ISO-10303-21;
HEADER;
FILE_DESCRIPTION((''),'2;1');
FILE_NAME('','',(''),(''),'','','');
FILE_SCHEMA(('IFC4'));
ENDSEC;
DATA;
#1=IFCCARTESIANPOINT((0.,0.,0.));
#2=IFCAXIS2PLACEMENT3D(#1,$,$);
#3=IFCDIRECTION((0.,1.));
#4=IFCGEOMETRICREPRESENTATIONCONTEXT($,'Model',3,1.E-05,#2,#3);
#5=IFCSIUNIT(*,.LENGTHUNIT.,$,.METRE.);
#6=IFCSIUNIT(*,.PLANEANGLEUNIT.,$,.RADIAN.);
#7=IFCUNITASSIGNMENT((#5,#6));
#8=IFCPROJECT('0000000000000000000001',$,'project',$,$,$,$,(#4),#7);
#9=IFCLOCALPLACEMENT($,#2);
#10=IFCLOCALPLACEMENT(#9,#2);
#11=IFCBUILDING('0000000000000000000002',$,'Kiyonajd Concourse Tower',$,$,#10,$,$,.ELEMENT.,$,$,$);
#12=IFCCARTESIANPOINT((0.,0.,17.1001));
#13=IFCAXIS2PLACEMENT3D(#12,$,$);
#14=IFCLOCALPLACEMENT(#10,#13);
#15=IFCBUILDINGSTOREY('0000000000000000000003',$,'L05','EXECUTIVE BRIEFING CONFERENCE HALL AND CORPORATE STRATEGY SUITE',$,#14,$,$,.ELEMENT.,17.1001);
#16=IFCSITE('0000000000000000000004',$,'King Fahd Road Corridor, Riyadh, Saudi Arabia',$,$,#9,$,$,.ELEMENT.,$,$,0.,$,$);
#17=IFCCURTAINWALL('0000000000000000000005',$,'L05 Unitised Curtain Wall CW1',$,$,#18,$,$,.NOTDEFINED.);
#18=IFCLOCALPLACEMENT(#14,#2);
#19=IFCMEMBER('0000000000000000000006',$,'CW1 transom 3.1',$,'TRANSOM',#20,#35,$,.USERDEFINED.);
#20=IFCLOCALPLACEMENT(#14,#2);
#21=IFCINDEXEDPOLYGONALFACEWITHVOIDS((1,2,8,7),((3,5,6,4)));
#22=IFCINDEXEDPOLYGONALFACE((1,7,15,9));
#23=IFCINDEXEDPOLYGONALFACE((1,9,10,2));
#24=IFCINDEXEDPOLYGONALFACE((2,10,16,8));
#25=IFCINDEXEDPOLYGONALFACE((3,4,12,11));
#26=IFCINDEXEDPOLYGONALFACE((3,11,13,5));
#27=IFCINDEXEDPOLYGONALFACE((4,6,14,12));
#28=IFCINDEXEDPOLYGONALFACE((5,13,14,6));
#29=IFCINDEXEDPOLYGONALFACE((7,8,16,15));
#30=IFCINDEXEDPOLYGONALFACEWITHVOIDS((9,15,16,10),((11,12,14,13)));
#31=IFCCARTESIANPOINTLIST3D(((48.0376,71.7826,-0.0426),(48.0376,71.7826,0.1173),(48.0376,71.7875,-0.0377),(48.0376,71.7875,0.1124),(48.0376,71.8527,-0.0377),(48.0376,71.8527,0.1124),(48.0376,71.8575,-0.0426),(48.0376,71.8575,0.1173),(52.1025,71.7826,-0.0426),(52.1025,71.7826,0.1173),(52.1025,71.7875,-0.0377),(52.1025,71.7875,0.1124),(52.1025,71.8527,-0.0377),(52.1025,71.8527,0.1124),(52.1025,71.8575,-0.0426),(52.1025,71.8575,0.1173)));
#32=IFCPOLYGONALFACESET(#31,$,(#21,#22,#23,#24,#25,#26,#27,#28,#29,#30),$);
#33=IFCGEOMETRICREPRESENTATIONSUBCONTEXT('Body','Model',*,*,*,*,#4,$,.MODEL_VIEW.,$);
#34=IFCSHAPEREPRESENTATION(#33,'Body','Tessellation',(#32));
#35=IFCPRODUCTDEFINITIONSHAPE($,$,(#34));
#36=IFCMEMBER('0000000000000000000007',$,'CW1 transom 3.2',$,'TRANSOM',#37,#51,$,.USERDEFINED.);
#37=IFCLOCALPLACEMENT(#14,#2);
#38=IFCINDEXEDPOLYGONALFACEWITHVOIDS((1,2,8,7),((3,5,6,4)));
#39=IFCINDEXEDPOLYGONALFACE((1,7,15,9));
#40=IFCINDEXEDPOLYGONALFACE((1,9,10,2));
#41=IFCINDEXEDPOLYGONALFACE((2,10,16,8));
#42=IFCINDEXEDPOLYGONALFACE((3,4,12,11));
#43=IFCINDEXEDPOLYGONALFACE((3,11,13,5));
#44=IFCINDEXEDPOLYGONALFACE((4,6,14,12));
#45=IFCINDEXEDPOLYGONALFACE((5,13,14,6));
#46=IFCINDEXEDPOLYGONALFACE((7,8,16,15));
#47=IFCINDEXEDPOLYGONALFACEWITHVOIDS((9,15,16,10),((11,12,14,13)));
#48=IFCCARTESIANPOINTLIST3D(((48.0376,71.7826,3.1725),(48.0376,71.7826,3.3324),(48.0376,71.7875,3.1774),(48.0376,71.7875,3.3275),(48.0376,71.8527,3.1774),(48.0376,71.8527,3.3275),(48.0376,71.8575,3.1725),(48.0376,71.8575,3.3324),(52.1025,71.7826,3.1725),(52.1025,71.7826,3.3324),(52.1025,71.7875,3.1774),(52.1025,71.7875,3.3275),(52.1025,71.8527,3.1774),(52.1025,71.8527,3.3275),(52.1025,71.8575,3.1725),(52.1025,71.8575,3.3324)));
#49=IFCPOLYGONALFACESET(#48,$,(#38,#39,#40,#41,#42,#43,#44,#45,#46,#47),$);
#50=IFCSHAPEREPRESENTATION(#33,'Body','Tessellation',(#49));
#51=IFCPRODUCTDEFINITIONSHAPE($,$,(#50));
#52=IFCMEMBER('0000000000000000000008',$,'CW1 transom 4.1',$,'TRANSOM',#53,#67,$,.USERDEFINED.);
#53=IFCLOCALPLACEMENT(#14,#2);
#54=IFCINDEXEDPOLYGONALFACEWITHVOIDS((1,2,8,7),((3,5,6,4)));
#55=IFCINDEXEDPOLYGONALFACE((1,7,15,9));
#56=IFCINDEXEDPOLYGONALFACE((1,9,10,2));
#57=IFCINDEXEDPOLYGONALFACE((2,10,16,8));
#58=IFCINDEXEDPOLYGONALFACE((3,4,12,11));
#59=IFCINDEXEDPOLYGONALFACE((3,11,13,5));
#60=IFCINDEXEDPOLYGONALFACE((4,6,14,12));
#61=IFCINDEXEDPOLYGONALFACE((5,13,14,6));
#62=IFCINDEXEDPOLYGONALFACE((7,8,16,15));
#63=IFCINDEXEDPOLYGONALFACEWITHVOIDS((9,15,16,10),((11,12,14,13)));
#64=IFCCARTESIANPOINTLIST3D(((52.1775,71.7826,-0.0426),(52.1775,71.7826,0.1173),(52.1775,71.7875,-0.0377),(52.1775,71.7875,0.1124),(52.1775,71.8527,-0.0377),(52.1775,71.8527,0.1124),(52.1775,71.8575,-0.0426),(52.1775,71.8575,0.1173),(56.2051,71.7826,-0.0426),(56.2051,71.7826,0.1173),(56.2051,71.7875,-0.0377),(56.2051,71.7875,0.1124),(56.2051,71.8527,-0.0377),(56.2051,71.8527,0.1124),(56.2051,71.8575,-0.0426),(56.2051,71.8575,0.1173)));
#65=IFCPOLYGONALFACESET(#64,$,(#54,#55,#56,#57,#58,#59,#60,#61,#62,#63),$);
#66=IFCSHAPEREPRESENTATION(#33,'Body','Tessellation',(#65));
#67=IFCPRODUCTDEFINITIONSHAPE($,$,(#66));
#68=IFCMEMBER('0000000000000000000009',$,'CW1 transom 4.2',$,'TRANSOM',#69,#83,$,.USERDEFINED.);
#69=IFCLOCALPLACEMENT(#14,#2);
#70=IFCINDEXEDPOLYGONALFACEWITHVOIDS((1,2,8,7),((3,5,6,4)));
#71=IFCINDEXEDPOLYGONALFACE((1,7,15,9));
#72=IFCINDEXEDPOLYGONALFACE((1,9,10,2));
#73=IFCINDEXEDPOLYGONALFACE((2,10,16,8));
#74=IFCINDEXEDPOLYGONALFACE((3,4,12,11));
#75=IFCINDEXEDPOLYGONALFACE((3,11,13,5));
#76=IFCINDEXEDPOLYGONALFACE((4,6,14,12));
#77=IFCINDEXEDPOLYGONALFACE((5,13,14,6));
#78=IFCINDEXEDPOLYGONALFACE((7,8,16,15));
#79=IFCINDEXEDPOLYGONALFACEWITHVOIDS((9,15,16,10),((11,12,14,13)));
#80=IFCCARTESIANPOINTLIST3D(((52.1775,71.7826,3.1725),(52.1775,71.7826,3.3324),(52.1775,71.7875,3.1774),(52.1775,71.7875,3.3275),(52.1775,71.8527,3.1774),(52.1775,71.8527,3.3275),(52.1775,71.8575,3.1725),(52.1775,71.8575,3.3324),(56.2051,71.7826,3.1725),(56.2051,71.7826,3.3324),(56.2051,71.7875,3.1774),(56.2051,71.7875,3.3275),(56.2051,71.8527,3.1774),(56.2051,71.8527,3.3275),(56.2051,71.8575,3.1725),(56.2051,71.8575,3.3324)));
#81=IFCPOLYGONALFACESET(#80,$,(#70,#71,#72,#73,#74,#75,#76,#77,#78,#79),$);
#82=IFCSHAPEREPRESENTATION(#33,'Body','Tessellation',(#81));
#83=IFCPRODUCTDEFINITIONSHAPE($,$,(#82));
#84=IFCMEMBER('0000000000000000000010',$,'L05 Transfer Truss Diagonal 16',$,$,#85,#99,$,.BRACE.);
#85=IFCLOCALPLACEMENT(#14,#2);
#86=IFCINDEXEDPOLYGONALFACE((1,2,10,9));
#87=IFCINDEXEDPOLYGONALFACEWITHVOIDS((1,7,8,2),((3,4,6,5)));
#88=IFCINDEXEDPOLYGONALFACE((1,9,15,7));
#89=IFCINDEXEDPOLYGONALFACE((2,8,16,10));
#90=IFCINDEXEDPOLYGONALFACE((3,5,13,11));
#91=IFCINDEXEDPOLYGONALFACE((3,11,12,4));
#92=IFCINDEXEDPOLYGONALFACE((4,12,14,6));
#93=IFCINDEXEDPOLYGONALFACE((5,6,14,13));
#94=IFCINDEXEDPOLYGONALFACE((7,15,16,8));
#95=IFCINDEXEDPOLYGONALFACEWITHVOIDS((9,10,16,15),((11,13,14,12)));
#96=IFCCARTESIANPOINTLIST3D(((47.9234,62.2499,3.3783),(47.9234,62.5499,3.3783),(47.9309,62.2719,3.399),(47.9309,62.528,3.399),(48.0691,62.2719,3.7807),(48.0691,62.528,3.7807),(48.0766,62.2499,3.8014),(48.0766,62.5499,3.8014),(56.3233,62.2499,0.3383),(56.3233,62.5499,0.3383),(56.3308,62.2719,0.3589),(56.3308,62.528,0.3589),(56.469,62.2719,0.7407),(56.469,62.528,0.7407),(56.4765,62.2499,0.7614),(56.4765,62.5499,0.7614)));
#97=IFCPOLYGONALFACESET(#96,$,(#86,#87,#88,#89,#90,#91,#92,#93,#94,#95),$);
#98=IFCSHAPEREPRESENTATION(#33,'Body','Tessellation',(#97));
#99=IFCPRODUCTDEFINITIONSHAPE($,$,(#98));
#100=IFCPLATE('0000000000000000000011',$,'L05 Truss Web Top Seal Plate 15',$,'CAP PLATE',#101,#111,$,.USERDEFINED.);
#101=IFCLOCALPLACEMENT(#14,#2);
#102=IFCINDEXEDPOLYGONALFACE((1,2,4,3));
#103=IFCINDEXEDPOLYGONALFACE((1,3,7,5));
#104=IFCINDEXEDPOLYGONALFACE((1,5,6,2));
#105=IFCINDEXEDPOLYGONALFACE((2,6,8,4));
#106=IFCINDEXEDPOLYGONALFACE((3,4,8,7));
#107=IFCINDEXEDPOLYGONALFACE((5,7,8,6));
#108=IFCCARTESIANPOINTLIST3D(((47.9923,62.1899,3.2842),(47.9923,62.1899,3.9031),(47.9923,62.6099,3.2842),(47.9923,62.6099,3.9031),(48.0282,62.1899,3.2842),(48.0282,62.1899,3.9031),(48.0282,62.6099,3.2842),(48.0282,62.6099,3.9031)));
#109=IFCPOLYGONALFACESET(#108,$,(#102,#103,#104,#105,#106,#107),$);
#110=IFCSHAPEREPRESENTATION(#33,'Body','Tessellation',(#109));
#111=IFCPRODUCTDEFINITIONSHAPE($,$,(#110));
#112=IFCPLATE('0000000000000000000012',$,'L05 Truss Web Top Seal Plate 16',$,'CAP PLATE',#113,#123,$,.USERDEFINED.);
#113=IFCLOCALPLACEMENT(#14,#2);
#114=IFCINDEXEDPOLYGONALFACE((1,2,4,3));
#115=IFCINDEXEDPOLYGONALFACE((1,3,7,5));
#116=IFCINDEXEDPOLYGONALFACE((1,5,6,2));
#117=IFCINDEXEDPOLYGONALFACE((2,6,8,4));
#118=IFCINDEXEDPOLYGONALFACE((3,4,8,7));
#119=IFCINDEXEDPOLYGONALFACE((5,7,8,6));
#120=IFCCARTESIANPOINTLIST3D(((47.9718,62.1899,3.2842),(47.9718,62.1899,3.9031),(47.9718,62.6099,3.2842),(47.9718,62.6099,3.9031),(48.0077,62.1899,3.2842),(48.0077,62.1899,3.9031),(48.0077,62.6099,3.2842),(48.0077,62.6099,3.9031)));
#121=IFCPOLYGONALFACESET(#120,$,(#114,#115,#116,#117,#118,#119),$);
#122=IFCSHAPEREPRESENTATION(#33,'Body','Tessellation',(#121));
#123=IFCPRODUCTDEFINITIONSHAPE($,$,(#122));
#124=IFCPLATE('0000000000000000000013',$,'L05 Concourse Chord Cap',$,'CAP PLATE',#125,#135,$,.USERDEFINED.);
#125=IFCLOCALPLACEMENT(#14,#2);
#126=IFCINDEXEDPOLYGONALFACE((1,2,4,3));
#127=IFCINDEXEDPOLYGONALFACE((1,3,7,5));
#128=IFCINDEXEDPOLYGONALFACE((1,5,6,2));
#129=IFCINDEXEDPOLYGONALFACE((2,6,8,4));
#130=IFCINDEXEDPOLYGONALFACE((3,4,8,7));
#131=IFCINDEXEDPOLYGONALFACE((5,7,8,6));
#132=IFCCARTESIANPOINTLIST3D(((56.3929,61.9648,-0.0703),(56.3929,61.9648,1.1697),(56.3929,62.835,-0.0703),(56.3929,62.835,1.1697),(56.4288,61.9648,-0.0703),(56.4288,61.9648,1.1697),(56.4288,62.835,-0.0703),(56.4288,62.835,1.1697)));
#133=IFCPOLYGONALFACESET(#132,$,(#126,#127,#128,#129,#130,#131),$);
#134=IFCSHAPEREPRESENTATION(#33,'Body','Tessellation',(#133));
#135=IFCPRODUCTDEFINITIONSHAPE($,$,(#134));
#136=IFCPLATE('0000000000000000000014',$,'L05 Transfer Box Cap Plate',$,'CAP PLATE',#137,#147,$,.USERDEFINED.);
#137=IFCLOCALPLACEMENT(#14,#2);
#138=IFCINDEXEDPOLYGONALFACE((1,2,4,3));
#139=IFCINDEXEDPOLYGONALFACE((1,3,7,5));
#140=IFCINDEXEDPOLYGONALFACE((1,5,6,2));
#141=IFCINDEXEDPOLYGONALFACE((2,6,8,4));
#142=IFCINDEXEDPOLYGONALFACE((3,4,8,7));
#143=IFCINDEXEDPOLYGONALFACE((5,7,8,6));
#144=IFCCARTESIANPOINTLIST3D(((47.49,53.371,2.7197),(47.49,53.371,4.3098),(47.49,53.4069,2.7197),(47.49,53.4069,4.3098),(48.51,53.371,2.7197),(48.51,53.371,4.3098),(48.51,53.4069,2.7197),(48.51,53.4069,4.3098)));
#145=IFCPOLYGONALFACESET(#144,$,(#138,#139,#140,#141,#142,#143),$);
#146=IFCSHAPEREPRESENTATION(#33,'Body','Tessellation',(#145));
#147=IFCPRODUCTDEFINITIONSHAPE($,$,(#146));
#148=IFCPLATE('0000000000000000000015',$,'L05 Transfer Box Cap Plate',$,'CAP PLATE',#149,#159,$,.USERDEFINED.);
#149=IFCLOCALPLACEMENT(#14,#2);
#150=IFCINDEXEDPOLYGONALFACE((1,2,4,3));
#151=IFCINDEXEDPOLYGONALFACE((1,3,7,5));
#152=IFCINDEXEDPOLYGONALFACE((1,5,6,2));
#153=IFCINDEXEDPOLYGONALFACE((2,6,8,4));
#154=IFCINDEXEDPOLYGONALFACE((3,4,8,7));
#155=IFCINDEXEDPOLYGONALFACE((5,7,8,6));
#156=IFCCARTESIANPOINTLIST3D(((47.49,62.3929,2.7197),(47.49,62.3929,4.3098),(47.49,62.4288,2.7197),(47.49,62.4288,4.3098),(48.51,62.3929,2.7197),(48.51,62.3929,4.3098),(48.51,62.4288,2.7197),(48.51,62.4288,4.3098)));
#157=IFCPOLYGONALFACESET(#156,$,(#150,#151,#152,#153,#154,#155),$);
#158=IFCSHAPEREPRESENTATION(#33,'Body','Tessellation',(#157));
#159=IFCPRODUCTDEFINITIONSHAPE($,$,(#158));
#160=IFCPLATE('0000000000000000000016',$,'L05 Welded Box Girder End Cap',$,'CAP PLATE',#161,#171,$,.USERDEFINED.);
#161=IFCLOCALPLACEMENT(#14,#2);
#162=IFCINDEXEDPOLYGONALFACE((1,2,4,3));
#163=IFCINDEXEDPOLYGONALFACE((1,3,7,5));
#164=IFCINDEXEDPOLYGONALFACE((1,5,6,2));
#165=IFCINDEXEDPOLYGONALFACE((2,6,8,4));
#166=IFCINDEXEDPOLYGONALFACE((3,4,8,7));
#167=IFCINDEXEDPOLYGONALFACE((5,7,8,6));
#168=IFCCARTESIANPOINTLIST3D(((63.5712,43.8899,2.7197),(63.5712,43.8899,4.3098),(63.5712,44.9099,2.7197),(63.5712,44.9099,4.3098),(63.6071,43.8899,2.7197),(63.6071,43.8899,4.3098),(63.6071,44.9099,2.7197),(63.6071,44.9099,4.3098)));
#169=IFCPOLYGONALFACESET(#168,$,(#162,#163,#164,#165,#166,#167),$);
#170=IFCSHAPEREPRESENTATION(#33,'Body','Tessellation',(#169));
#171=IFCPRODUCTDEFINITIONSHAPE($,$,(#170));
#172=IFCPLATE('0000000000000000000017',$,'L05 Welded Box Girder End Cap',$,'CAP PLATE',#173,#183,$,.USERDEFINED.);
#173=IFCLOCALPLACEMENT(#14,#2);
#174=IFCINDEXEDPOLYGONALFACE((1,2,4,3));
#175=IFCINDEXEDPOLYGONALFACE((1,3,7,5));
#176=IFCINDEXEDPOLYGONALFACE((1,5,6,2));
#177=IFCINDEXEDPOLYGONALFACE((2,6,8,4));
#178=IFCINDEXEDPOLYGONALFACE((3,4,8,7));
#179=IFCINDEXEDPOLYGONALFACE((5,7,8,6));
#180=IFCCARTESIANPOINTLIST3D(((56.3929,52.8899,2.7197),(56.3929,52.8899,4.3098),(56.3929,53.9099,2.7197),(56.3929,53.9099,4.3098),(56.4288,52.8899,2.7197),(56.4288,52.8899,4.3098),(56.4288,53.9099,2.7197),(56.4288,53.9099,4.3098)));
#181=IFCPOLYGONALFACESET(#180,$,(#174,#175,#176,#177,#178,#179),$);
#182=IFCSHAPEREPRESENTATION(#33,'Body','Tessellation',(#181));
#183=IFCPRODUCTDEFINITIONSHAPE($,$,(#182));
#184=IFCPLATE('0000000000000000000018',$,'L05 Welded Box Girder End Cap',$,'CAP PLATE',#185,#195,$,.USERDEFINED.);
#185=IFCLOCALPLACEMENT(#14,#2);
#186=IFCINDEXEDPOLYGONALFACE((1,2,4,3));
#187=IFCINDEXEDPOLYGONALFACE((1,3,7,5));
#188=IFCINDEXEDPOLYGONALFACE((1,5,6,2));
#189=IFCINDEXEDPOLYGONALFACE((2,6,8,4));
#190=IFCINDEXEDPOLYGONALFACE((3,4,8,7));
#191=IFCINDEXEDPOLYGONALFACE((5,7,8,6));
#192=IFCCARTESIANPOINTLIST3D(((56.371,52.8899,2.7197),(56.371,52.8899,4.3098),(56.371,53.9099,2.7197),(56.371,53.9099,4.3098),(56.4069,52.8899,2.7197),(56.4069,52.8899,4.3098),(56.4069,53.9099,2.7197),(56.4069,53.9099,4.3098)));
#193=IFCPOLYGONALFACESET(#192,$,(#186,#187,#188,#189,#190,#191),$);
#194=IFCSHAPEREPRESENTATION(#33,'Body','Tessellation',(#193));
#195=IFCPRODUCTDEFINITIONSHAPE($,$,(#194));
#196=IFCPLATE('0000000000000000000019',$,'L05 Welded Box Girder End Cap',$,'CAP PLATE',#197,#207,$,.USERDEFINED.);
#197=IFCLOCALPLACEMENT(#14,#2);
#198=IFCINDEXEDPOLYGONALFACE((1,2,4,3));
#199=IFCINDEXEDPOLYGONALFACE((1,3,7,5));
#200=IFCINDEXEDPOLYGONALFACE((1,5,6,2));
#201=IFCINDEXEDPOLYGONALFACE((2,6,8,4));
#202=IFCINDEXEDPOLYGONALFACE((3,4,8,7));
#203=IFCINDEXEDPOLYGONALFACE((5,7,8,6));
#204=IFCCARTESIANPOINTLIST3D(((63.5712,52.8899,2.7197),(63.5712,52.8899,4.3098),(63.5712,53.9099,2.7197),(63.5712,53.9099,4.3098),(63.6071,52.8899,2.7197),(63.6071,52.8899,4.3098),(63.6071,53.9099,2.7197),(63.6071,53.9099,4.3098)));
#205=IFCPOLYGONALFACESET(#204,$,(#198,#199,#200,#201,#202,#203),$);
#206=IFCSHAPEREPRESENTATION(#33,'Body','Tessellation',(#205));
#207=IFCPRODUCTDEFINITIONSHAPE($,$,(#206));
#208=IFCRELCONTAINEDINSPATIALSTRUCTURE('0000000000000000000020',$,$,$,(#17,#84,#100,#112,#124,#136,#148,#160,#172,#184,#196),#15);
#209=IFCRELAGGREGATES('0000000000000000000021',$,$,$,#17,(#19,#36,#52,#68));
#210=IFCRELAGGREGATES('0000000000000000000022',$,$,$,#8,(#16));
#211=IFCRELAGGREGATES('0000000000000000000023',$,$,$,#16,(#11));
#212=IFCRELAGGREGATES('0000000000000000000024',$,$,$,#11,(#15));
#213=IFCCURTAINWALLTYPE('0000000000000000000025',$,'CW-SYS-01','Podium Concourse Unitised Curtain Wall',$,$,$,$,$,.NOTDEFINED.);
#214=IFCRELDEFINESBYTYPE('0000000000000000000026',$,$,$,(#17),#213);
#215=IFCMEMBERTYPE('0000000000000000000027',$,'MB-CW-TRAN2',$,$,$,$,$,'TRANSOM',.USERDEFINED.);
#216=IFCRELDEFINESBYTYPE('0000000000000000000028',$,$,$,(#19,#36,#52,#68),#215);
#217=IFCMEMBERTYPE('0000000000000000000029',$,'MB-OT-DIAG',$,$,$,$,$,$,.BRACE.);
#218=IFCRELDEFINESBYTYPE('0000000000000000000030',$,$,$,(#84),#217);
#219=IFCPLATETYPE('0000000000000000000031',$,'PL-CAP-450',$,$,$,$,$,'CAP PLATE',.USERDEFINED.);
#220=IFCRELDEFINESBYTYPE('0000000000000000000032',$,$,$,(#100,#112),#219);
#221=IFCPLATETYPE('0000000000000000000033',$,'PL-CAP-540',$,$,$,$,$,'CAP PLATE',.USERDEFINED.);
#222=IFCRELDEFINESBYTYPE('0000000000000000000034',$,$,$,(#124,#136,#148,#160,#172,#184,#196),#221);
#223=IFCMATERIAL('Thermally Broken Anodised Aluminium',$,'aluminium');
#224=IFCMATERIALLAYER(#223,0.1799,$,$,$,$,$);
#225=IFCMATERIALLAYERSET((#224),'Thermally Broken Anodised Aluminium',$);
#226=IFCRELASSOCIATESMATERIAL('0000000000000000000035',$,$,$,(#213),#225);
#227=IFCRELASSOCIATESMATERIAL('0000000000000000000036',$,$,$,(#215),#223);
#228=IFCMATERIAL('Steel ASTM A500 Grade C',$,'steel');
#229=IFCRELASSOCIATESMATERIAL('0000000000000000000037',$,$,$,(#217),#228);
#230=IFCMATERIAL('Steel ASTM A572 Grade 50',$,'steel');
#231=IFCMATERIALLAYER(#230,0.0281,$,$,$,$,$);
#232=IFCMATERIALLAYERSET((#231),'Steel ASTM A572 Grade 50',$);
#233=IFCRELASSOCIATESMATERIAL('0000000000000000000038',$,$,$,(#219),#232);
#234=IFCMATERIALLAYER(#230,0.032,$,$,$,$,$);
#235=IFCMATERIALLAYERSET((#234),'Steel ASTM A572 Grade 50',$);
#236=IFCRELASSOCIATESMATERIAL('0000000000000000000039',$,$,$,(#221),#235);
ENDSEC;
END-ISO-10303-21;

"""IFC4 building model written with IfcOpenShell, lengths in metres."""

from ifc_helpers import new_model, si_unit, direction, frame, origin, origin_2d, place, context, subcontext, project, spatial, rectangle, hollow_rectangle, extrude, material, layer, layer_set, material_profile, profile_set, type_object, element, aggregate, save


model = new_model("IFC4")

# Units and contexts
model_context = context("Model", 3, precision=1e-05, world=origin(), true_north=direction((0.0, 1.0)))
body_context = subcontext(model_context, "Body", "Model", "MODEL_VIEW")
ifc_project = project(units=[si_unit("LENGTHUNIT", "METRE"), si_unit("PLANEANGLEUNIT", "RADIAN")], contexts=[model_context])

# Site, building, storey
site_placement = place(None, origin())
site = spatial("IfcSite", under=ifc_project, at=site_placement, Name="King Fahd Road Corridor, Riyadh, Saudi Arabia", CompositionType="ELEMENT", RefElevation=0.0)
building_placement = place(site_placement, origin())
building = spatial("IfcBuilding", under=site, at=building_placement, Name="Kiyonajd Concourse Tower", CompositionType="ELEMENT")
storey_placement = place(building_placement, frame((0.0, 0.0, 17.1001)))
storey = spatial("IfcBuildingStorey", under=building, at=storey_placement, Name="L05", Description="EXECUTIVE BRIEFING CONFERENCE HALL AND CORPORATE STRATEGY SUITE", CompositionType="ELEMENT", Elevation=17.1001)

# Shared definitions
ifc_material_1 = material(Name="Steel ASTM A572 Grade 50", Category="steel")

# Curtain wall, members
ifc_material_2 = material(Name="Thermally Broken Anodised Aluminium", Category="aluminium")
ifc_layer_1 = layer(ifc_material_2, 0.1799)
ifc_layer_set_1 = layer_set([ifc_layer_1], Name="Thermally Broken Anodised Aluminium")
curtain_wall_type = type_object("IfcCurtainWallType", Name="CW-SYS-01", Description="Podium Concourse Unitised Curtain Wall", PredefinedType="NOTDEFINED", material=ifc_layer_set_1)
curtain_wall_placement = place(storey_placement, origin())
curtain_wall = element("IfcCurtainWall", 1, at=curtain_wall_placement, inside=storey, type_object=curtain_wall_type, Name="L05 Unitised Curtain Wall CW1", PredefinedType="NOTDEFINED")
ifc_material_profile_1 = material_profile(ifc_material_2, hollow_rectangle(XDim=0.075, YDim=0.1599, WallThickness=0.0049, at=origin_2d()), Name="TRAN-75x160")
ifc_profile_set_1 = profile_set([ifc_material_profile_1], Name="Thermally Broken Anodised Aluminium")
member_type_1 = type_object("IfcMemberType", Name="MB-CW-TRAN2", ElementType="TRANSOM", PredefinedType="USERDEFINED", material=ifc_profile_set_1)
member_1_placement = place(storey_placement, frame((48.0376, 71.8201, 0.0374), z_axis=(1.0, 0.0, 0.0), x_axis=(0.0, 1.0, 0.0)))
member_1 = element("IfcMember", 2, at=member_1_placement, type_object=member_type_1, Name="CW1 transom 3.1", ObjectType="TRANSOM", PredefinedType="USERDEFINED", context=body_context, shape_type="SweptSolid", body=[
    extrude(hollow_rectangle(XDim=0.075, YDim=0.1599, WallThickness=0.0049, at=origin_2d()), origin(), (0.0, 0.0, 1.0), 4.0649),
])
member_2_placement = place(storey_placement, frame((48.0376, 71.8201, 3.2524), z_axis=(1.0, 0.0, 0.0), x_axis=(0.0, 1.0, 0.0)))
member_2 = element("IfcMember", 3, at=member_2_placement, type_object=member_type_1, Name="CW1 transom 3.2", ObjectType="TRANSOM", PredefinedType="USERDEFINED", context=body_context, shape_type="SweptSolid", body=[
    extrude(hollow_rectangle(XDim=0.075, YDim=0.1599, WallThickness=0.0049, at=origin_2d()), origin(), (0.0, 0.0, 1.0), 4.0649),
])
member_3_placement = place(storey_placement, frame((52.1775, 71.8201, 0.0374), z_axis=(1.0, 0.0, 0.0), x_axis=(0.0, 1.0, 0.0)))
member_3 = element("IfcMember", 4, at=member_3_placement, type_object=member_type_1, Name="CW1 transom 4.1", ObjectType="TRANSOM", PredefinedType="USERDEFINED", context=body_context, shape_type="SweptSolid", body=[
    extrude(hollow_rectangle(XDim=0.075, YDim=0.1599, WallThickness=0.0049, at=origin_2d()), origin(), (0.0, 0.0, 1.0), 4.0276),
])
member_4_placement = place(storey_placement, frame((52.1775, 71.8201, 3.2524), z_axis=(1.0, 0.0, 0.0), x_axis=(0.0, 1.0, 0.0)))
member_4 = element("IfcMember", 5, at=member_4_placement, type_object=member_type_1, Name="CW1 transom 4.2", ObjectType="TRANSOM", PredefinedType="USERDEFINED", context=body_context, shape_type="SweptSolid", body=[
    extrude(hollow_rectangle(XDim=0.075, YDim=0.1599, WallThickness=0.0049, at=origin_2d()), origin(), (0.0, 0.0, 1.0), 4.0276),
])

# Member
ifc_material_3 = material(Name="Steel ASTM A500 Grade C", Category="steel")
ifc_material_profile_2 = material_profile(ifc_material_3, hollow_rectangle(XDim=0.3, YDim=0.45, WallThickness=0.022, at=origin_2d()), Name="HSS-450x300x22")
ifc_profile_set_2 = profile_set([ifc_material_profile_2], Name="Steel ASTM A500 Grade C")
member_type_2 = type_object("IfcMemberType", Name="MB-OT-DIAG", PredefinedType="BRACE", material=ifc_profile_set_2)
member_5_placement = place(storey_placement, frame((56.3999, 62.3999, 0.5498), z_axis=(-0.940313, 0.0, 0.340312), x_axis=(0.0, -1.0, 0.0)))
element("IfcMember", 6, at=member_5_placement, inside=storey, type_object=member_type_2, Name="L05 Transfer Truss Diagonal 16", PredefinedType="BRACE", context=body_context, shape_type="SweptSolid", body=[
    extrude(hollow_rectangle(XDim=0.3, YDim=0.45, WallThickness=0.022, at=origin_2d()), origin(), (0.0, 0.0, 1.0), 8.9331),
])

# Plates
ifc_layer_2 = layer(ifc_material_1, 0.0281)
ifc_layer_set_2 = layer_set([ifc_layer_2], Name="Steel ASTM A572 Grade 50")
plate_type_1 = type_object("IfcPlateType", Name="PL-CAP-450", ElementType="CAP PLATE", PredefinedType="USERDEFINED", material=ifc_layer_set_2)
for number, where, z_axis, x_axis, name in (
    (7, (48.0103, 62.3999, 3.2842), (0.0, 0.0, 1.0), (1.0, 0.0, 0.0), "L05 Truss Web Top Seal Plate 15"),
    (8, (47.9897, 62.3999, 3.2842), (0.0, 0.0, 1.0), (-1.0, 0.0, 0.0), "L05 Truss Web Top Seal Plate 16"),
):
    element("IfcPlate", number, at=place(storey_placement, frame(where, z_axis=z_axis, x_axis=x_axis)), inside=storey, type_object=plate_type_1, Name=name, ObjectType="CAP PLATE", PredefinedType="USERDEFINED", context=body_context, shape_type="SweptSolid", body=[
        extrude(rectangle(XDim=0.0359, YDim=0.4199, at=origin_2d()), origin(), (0.0, 0.0, 1.0), 0.6189),
    ])
ifc_layer_3 = layer(ifc_material_1, 0.032)
ifc_layer_set_3 = layer_set([ifc_layer_3], Name="Steel ASTM A572 Grade 50")
plate_type_2 = type_object("IfcPlateType", Name="PL-CAP-540", ElementType="CAP PLATE", PredefinedType="USERDEFINED", material=ifc_layer_set_3)
plate_1_placement = place(storey_placement, frame((56.4109, 62.3999, -0.0703), z_axis=(0.0, 0.0, 1.0), x_axis=(1.0, 0.0, 0.0)))
element("IfcPlate", 9, at=plate_1_placement, inside=storey, type_object=plate_type_2, Name="L05 Concourse Chord Cap", ObjectType="CAP PLATE", PredefinedType="USERDEFINED", context=body_context, shape_type="SweptSolid", body=[
    extrude(rectangle(XDim=0.0359, YDim=0.8701, at=origin_2d()), origin(), (0.0, 0.0, 1.0), 1.24),
])
for number, where, z_axis, x_axis, name in (
    (10, (48.0, 53.3889, 2.7197), (0.0, 0.0, 1.0), (0.0, -1.0, 0.0), "L05 Transfer Box Cap Plate"),
    (11, (48.0, 62.4109, 2.7197), (0.0, 0.0, 1.0), (0.0, 1.0, 0.0), "L05 Transfer Box Cap Plate"),
    (12, (63.5891, 44.3999, 2.7197), (0.0, 0.0, 1.0), (-1.0, 0.0, 0.0), "L05 Welded Box Girder End Cap"),
    (13, (56.4109, 53.3999, 2.7197), (0.0, 0.0, 1.0), (1.0, 0.0, 0.0), "L05 Welded Box Girder End Cap"),
    (14, (56.3889, 53.3999, 2.7197), (0.0, 0.0, 1.0), (-1.0, 0.0, 0.0), "L05 Welded Box Girder End Cap"),
    (15, (63.5891, 53.3999, 2.7197), (0.0, 0.0, 1.0), (-1.0, 0.0, 0.0), "L05 Welded Box Girder End Cap"),
):
    element("IfcPlate", number, at=place(storey_placement, frame(where, z_axis=z_axis, x_axis=x_axis)), inside=storey, type_object=plate_type_2, Name=name, ObjectType="CAP PLATE", PredefinedType="USERDEFINED", context=body_context, shape_type="SweptSolid", body=[
        extrude(rectangle(XDim=0.0359, YDim=1.02, at=origin_2d()), origin(), (0.0, 0.0, 1.0), 1.5901),
    ])

aggregate(curtain_wall, [member_1, member_2, member_3, member_4])

save(model, "model.ifc")
